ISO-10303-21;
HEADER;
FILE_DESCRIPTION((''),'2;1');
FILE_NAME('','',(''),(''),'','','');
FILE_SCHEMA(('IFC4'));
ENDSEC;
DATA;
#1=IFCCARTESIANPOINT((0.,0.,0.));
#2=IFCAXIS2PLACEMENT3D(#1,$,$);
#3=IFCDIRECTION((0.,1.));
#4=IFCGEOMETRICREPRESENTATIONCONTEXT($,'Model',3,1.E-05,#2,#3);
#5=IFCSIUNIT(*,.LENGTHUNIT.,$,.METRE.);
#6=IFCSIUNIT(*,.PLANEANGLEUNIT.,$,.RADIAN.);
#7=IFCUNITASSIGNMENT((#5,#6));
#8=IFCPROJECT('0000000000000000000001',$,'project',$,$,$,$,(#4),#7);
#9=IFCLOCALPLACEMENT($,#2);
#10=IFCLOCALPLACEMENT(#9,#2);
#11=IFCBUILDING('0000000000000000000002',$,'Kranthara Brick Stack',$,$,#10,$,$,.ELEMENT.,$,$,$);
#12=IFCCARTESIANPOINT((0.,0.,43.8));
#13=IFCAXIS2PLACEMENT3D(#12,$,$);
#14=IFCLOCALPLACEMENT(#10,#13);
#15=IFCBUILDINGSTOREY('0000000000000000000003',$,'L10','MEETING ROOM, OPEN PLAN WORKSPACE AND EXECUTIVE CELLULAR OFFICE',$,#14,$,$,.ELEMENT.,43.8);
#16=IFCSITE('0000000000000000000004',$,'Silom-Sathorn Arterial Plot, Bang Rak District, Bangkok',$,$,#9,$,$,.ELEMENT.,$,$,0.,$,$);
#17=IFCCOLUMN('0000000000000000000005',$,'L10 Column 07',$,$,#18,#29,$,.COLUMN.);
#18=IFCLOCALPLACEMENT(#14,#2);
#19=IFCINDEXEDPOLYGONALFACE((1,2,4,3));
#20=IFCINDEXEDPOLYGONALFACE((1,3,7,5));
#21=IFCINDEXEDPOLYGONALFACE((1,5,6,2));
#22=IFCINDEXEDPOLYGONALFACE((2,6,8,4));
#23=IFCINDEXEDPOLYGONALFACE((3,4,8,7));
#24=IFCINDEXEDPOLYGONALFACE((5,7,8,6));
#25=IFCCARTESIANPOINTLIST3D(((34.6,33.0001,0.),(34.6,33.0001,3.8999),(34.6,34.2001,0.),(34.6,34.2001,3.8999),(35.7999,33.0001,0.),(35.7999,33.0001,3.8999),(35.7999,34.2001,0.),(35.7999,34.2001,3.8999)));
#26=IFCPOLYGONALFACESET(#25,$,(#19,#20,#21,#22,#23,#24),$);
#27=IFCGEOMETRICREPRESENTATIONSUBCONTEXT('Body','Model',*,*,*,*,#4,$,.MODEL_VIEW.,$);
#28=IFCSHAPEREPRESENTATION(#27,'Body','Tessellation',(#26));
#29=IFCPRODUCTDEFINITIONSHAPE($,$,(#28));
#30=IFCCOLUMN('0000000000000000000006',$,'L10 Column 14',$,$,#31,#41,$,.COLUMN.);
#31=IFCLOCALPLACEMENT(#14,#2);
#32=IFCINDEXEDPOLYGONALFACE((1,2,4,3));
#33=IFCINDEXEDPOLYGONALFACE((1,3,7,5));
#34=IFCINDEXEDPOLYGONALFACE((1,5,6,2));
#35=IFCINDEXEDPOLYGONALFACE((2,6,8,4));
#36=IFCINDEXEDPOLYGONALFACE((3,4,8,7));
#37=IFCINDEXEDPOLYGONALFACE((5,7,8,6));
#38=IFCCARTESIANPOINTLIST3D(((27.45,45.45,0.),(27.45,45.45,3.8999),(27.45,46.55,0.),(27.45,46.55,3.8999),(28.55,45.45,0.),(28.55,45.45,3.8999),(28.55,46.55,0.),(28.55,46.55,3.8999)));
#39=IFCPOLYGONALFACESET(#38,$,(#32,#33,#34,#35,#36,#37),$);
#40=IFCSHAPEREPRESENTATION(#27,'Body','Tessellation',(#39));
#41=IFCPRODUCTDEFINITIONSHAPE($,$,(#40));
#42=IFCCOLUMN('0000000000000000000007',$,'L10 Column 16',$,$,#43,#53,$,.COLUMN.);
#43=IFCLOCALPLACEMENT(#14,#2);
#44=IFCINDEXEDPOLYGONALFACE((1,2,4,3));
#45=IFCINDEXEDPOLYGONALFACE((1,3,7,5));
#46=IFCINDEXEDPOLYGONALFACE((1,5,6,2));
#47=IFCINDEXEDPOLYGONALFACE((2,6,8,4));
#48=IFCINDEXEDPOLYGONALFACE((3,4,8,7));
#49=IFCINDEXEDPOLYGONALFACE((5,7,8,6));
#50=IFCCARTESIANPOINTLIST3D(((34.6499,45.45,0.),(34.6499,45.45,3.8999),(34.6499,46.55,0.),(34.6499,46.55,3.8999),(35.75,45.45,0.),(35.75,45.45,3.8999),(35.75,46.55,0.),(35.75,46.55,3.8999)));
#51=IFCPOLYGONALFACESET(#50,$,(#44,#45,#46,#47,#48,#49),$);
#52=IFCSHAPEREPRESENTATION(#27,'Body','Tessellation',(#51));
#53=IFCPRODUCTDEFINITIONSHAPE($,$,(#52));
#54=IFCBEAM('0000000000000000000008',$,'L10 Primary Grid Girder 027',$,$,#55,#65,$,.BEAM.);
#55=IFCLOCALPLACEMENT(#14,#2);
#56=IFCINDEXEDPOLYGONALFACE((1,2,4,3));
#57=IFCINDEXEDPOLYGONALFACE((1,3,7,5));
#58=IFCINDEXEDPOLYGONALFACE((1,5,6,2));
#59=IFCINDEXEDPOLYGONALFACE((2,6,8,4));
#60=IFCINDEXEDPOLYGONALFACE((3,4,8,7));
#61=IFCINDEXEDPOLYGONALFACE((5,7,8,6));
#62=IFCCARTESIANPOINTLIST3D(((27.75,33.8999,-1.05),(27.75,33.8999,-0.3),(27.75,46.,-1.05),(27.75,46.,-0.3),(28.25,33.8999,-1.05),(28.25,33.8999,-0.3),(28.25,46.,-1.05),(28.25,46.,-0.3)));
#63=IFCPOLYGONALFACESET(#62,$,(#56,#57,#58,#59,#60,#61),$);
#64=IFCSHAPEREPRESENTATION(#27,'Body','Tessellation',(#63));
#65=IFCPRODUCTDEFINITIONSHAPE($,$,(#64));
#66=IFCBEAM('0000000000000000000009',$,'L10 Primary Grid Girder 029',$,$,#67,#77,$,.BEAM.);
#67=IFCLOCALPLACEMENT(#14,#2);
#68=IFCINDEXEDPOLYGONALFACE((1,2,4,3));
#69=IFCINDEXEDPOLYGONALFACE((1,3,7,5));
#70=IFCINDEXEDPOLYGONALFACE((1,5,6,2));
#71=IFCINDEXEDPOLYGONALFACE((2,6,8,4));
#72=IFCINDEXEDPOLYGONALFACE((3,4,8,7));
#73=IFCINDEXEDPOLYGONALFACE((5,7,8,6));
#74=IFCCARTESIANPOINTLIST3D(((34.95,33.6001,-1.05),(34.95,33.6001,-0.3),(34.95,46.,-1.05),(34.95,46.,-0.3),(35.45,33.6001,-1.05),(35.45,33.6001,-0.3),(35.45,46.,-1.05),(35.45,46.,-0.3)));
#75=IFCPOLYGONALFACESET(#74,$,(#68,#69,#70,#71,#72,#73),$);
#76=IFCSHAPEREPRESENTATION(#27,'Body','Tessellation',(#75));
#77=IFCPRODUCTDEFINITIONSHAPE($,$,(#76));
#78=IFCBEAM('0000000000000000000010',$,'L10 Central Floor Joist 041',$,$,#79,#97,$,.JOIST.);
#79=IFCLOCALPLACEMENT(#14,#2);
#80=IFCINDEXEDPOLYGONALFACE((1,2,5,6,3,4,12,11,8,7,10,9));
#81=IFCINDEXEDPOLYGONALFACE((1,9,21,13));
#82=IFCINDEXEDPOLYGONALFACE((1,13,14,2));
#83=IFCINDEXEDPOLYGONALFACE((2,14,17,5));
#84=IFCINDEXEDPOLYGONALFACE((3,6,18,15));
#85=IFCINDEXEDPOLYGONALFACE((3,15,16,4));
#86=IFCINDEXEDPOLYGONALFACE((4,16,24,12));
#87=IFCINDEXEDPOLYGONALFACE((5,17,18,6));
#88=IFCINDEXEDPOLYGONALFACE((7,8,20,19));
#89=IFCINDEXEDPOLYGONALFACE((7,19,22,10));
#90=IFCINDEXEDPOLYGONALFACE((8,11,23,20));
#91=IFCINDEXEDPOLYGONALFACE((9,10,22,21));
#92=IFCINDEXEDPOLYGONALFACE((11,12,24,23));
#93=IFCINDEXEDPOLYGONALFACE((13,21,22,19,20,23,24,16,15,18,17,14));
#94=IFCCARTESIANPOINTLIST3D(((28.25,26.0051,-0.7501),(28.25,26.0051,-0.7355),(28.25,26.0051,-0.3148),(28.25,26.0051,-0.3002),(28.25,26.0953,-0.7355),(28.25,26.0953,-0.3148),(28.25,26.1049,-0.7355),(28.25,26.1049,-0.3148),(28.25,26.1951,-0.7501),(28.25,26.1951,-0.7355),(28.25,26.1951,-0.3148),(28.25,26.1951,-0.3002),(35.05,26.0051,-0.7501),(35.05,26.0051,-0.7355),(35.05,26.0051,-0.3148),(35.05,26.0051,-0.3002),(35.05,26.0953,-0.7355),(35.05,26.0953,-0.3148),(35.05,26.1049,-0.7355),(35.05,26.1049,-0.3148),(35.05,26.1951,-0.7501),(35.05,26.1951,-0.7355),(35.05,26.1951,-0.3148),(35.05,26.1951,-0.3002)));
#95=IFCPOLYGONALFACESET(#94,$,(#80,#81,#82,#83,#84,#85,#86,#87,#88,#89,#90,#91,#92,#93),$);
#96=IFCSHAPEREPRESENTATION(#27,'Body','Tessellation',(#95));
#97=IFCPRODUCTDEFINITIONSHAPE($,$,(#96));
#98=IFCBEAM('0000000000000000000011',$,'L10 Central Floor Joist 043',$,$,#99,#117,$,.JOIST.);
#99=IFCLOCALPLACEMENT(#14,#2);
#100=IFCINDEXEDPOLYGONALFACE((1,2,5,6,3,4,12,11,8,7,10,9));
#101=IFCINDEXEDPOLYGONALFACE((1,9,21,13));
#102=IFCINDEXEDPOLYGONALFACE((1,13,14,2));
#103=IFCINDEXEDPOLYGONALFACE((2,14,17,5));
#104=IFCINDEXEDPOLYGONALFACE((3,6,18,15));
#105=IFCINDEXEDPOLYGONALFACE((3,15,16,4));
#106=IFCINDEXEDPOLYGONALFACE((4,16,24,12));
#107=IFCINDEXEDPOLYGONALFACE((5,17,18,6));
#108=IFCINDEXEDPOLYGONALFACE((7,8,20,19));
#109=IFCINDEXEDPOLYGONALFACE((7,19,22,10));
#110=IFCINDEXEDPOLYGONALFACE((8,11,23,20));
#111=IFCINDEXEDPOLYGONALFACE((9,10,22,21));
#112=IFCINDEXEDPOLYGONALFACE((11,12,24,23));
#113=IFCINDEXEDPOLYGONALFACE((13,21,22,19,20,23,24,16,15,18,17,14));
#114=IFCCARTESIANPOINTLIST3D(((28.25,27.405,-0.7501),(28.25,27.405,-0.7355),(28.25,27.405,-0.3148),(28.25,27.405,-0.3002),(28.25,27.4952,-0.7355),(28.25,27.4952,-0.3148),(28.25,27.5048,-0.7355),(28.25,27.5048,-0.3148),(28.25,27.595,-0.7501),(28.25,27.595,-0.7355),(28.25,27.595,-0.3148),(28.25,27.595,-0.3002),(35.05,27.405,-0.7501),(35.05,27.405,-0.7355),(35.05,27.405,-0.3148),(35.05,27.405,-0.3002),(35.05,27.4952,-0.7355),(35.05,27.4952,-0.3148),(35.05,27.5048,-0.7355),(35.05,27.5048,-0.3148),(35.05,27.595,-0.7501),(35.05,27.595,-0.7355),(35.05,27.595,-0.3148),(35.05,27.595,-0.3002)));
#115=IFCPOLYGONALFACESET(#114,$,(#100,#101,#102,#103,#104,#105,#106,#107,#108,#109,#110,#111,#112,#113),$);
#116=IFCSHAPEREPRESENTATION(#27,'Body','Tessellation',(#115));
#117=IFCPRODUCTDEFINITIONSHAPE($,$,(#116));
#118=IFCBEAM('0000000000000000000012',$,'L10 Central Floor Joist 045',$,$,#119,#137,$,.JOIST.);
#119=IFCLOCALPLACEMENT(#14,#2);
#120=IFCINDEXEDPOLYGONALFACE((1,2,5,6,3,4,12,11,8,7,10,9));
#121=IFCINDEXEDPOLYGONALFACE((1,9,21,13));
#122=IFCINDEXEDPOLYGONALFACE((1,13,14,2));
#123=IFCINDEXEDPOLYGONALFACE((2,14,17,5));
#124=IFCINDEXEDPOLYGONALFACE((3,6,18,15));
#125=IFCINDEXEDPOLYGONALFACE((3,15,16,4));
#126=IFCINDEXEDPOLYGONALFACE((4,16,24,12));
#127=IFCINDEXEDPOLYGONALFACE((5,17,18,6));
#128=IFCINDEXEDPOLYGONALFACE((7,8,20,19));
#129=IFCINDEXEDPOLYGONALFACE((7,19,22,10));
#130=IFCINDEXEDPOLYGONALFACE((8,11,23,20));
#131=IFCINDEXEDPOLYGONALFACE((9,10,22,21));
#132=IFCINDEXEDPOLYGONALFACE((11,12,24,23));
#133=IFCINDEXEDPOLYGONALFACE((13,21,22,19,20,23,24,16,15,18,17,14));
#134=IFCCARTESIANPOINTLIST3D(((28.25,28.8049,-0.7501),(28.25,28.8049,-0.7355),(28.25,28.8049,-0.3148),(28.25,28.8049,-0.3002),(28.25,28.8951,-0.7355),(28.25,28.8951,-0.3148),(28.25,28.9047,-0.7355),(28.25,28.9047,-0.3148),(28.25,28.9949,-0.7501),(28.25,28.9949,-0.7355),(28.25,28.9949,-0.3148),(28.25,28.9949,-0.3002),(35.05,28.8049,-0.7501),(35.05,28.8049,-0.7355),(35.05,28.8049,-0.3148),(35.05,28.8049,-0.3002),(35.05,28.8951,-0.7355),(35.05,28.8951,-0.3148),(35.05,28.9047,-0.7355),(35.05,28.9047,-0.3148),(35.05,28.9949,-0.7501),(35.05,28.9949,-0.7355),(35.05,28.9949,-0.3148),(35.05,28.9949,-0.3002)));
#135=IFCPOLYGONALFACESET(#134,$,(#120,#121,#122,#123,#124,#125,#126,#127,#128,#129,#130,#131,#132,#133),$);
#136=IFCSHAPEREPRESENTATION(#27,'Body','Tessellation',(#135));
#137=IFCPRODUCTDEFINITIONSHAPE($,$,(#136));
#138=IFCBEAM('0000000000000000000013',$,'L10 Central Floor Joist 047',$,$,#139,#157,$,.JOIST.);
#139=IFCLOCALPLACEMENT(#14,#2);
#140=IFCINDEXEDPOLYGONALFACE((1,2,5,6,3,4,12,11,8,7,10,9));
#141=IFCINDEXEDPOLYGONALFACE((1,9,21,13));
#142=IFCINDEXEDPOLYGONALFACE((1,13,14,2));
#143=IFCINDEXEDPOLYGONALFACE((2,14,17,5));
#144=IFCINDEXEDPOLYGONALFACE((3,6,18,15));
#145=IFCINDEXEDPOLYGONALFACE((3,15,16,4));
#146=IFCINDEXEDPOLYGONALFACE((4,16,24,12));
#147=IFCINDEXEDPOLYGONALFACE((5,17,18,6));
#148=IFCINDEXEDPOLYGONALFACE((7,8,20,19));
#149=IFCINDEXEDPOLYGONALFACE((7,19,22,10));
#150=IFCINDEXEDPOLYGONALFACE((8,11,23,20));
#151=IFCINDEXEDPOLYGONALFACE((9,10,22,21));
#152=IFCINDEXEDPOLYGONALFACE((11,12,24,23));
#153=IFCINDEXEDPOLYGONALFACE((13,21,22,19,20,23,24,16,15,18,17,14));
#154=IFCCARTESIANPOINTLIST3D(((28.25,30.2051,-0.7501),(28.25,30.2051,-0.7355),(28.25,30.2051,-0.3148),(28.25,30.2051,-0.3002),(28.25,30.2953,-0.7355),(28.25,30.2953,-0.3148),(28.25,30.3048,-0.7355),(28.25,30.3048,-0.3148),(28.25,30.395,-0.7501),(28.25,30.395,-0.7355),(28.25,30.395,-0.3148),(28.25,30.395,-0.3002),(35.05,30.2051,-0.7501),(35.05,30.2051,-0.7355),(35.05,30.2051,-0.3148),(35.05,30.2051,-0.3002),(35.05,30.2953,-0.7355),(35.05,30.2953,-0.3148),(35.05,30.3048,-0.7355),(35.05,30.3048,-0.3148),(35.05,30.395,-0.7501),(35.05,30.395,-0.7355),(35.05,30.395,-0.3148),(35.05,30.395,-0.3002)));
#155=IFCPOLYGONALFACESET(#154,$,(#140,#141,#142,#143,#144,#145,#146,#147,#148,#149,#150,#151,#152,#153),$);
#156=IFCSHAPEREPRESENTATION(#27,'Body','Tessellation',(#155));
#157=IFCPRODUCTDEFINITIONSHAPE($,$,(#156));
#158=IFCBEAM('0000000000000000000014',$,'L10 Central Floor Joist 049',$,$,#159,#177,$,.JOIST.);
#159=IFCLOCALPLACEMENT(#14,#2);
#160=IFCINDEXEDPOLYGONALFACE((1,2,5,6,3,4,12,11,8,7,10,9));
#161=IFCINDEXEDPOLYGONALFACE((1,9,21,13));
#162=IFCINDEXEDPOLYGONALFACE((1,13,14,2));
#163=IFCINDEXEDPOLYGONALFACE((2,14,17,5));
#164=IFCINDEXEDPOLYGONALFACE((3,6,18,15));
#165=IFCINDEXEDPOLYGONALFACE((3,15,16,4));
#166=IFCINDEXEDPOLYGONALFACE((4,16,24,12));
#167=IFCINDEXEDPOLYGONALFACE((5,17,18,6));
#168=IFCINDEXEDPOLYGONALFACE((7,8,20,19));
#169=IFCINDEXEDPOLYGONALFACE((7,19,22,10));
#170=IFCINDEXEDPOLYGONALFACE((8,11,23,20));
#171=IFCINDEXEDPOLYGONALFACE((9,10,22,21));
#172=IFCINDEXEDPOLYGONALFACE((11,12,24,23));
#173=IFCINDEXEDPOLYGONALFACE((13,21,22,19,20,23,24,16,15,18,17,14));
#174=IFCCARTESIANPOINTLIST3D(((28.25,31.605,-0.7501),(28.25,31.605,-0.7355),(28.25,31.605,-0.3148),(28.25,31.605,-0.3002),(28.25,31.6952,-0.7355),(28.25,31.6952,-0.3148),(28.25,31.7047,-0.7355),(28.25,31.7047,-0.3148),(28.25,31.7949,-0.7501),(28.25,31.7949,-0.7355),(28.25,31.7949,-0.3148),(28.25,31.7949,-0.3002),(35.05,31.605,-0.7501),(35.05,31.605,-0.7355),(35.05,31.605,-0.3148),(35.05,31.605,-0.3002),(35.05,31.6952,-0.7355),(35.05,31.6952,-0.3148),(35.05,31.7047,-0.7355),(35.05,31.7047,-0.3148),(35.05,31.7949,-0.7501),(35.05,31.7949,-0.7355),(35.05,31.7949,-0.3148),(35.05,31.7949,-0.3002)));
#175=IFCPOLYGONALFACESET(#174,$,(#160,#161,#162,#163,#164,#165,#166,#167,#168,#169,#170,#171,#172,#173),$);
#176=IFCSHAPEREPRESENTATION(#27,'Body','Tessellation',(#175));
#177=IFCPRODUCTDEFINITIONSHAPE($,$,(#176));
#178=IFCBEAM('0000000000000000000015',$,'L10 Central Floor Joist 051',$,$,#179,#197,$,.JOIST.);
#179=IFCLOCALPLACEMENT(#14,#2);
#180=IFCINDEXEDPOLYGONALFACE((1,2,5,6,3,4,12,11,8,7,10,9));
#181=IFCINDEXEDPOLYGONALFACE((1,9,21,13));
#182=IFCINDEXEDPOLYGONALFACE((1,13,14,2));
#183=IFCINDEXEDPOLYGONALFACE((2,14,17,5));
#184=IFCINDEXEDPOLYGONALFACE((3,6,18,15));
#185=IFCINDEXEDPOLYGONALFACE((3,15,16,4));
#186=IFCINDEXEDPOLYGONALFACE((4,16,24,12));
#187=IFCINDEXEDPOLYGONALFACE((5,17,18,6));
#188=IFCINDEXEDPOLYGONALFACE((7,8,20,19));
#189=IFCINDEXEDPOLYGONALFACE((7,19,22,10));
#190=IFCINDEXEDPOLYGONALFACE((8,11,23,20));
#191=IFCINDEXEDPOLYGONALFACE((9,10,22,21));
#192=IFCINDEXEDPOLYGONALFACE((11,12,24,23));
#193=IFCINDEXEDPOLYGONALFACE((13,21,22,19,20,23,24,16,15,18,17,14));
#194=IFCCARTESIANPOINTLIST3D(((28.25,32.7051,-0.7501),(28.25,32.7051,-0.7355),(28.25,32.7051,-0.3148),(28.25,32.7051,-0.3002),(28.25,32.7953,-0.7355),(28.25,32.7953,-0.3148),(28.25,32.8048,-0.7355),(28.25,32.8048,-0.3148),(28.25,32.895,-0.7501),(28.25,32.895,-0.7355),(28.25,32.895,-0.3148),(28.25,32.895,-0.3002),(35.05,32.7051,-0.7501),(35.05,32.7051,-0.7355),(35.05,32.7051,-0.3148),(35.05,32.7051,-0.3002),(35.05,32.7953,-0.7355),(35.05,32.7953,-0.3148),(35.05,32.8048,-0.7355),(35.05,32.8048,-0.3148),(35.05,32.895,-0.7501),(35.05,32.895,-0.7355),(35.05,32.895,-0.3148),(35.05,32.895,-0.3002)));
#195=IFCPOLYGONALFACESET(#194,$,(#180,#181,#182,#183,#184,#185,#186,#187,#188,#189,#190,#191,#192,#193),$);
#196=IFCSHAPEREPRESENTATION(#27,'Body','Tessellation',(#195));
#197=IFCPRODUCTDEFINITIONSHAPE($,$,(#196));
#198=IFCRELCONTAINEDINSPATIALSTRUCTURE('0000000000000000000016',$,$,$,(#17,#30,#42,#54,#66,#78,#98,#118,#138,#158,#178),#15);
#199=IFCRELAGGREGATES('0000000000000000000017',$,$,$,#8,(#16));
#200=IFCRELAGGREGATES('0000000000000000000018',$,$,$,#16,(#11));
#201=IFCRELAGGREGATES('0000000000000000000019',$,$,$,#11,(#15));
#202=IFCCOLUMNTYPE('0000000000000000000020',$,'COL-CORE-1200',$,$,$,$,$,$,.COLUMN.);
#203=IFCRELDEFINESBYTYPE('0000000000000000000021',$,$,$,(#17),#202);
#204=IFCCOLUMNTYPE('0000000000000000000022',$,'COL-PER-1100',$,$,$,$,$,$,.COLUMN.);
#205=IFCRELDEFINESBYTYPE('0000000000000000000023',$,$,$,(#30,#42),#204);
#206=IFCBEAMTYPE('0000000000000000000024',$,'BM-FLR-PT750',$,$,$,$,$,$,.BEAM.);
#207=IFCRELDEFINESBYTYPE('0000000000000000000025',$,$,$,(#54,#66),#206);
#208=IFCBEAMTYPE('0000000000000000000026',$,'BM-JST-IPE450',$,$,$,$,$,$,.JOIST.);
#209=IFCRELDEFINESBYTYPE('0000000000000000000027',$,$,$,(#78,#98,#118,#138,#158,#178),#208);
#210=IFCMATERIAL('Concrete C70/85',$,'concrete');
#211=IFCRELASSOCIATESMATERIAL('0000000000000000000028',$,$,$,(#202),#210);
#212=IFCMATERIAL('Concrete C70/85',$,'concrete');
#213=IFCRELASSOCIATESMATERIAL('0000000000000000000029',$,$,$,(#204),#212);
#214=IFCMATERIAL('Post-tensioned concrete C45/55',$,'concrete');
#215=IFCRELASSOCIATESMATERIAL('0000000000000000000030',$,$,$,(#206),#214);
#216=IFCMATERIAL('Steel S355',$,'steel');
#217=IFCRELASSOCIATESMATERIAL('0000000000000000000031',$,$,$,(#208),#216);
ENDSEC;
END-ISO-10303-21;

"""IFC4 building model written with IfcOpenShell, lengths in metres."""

from ifc_helpers import new_model, si_unit, direction, frame, origin, origin_2d, place, context, subcontext, project, spatial, rectangle, i_section, extrude, material, material_profile, profile_set, type_object, element, save


model = new_model("IFC4")

# Units and contexts
model_context = context("Model", 3, precision=1e-05, world=origin(), true_north=direction((0.0, 1.0)))
body_context = subcontext(model_context, "Body", "Model", "MODEL_VIEW")
ifc_project = project(units=[si_unit("LENGTHUNIT", "METRE"), si_unit("PLANEANGLEUNIT", "RADIAN")], contexts=[model_context])

# Site, building, storey
site_placement = place(None, origin())
site = spatial("IfcSite", under=ifc_project, at=site_placement, Name="Silom-Sathorn Arterial Plot, Bang Rak District, Bangkok", CompositionType="ELEMENT", RefElevation=0.0)
building_placement = place(site_placement, origin())
building = spatial("IfcBuilding", under=site, at=building_placement, Name="Kranthara Brick Stack", CompositionType="ELEMENT")
storey_placement = place(building_placement, frame((0.0, 0.0, 43.8)))
storey = spatial("IfcBuildingStorey", under=building, at=storey_placement, Name="L10", Description="MEETING ROOM, OPEN PLAN WORKSPACE AND EXECUTIVE CELLULAR OFFICE", CompositionType="ELEMENT", Elevation=43.8)

# Columns
ifc_material_1 = material(Name="Concrete C70/85", Category="concrete")
ifc_material_profile_1 = material_profile(ifc_material_1, rectangle(XDim=1.2, YDim=1.2, at=origin_2d()), Name="RC 1200x1200")
ifc_profile_set_1 = profile_set([ifc_material_profile_1], Name="Concrete C70/85")
column_type_1 = type_object("IfcColumnType", Name="COL-CORE-1200", PredefinedType="COLUMN", material=ifc_profile_set_1)
column_placement = place(storey_placement, frame((35.2, 33.6001, 0.0), z_axis=(0.0, 0.0, 1.0), x_axis=(1.0, 0.0, 0.0)))
element("IfcColumn", 1, at=column_placement, inside=storey, type_object=column_type_1, Name="L10 Column 07", PredefinedType="COLUMN", context=body_context, shape_type="SweptSolid", body=[
    extrude(rectangle(XDim=1.2, YDim=1.2, at=origin_2d()), origin(), (0.0, 0.0, 1.0), 3.8999),
])
ifc_material_2 = material(Name="Concrete C70/85", Category="concrete")
ifc_material_profile_2 = material_profile(ifc_material_2, rectangle(XDim=1.1001, YDim=1.1001, at=origin_2d()), Name="RC 1100x1100")
ifc_profile_set_2 = profile_set([ifc_material_profile_2], Name="Concrete C70/85")
column_type_2 = type_object("IfcColumnType", Name="COL-PER-1100", PredefinedType="COLUMN", material=ifc_profile_set_2)
for number, where, z_axis, x_axis, name in (
    (2, (28.0, 46.0, 0.0), (0.0, 0.0, 1.0), (1.0, 0.0, 0.0), "L10 Column 14"),
    (3, (35.2, 46.0, 0.0), (0.0, 0.0, 1.0), (1.0, 0.0, 0.0), "L10 Column 16"),
):
    element("IfcColumn", number, at=place(storey_placement, frame(where, z_axis=z_axis, x_axis=x_axis)), inside=storey, type_object=column_type_2, Name=name, PredefinedType="COLUMN", context=body_context, shape_type="SweptSolid", body=[
        extrude(rectangle(XDim=1.1001, YDim=1.1001, at=origin_2d()), origin(), (0.0, 0.0, 1.0), 3.8999),
    ])

# Beams
ifc_material_3 = material(Name="Post-tensioned concrete C45/55", Category="concrete")
ifc_material_profile_3 = material_profile(ifc_material_3, rectangle(XDim=0.5, YDim=0.75, at=origin_2d()), Name="PT 500x750")
ifc_profile_set_3 = profile_set([ifc_material_profile_3], Name="Post-tensioned concrete C45/55")
beam_type_1 = type_object("IfcBeamType", Name="BM-FLR-PT750", PredefinedType="BEAM", material=ifc_profile_set_3)
beam_1_placement = place(storey_placement, frame((28.0, 33.8999, -0.675), z_axis=(0.0, 1.0, 0.0), x_axis=(-1.0, 0.0, 0.0)))
element("IfcBeam", 4, at=beam_1_placement, inside=storey, type_object=beam_type_1, Name="L10 Primary Grid Girder 027", PredefinedType="BEAM", context=body_context, shape_type="SweptSolid", body=[
    extrude(rectangle(XDim=0.5, YDim=0.75, at=origin_2d()), origin(), (0.0, 0.0, 1.0), 12.1001),
])
beam_2_placement = place(storey_placement, frame((35.2, 33.6001, -0.675), z_axis=(0.0, 1.0, 0.0), x_axis=(-1.0, 0.0, 0.0)))
element("IfcBeam", 5, at=beam_2_placement, inside=storey, type_object=beam_type_1, Name="L10 Primary Grid Girder 029", PredefinedType="BEAM", context=body_context, shape_type="SweptSolid", body=[
    extrude(rectangle(XDim=0.5, YDim=0.75, at=origin_2d()), origin(), (0.0, 0.0, 1.0), 12.3999),
])
ifc_material_4 = material(Name="Steel S355", Category="steel")
ifc_material_profile_4 = material_profile(ifc_material_4, i_section(OverallWidth=0.1899, OverallDepth=0.45, WebThickness=0.0095, FlangeThickness=0.0146, at=origin_2d()), Name="IPE 450")
ifc_profile_set_4 = profile_set([ifc_material_profile_4], Name="Steel S355")
beam_type_2 = type_object("IfcBeamType", Name="BM-JST-IPE450", PredefinedType="JOIST", material=ifc_profile_set_4)
for number, where, z_axis, x_axis, name in (
    (6, (28.25, 26.1001, -0.5251), (1.0, 0.0, 0.0), (0.0, 1.0, 0.0), "L10 Central Floor Joist 041"),
    (7, (28.25, 27.5, -0.5251), (1.0, 0.0, 0.0), (0.0, 1.0, 0.0), "L10 Central Floor Joist 043"),
    (8, (28.25, 28.8999, -0.5251), (1.0, 0.0, 0.0), (0.0, 1.0, 0.0), "L10 Central Floor Joist 045"),
    (9, (28.25, 30.3, -0.5251), (1.0, 0.0, 0.0), (0.0, 1.0, 0.0), "L10 Central Floor Joist 047"),
    (10, (28.25, 31.7, -0.5251), (1.0, 0.0, 0.0), (0.0, 1.0, 0.0), "L10 Central Floor Joist 049"),
    (11, (28.25, 32.8, -0.5251), (1.0, 0.0, 0.0), (0.0, 1.0, 0.0), "L10 Central Floor Joist 051"),
):
    element("IfcBeam", number, at=place(storey_placement, frame(where, z_axis=z_axis, x_axis=x_axis)), inside=storey, type_object=beam_type_2, Name=name, PredefinedType="JOIST", context=body_context, shape_type="SweptSolid", body=[
        extrude(i_section(OverallWidth=0.1899, OverallDepth=0.45, WebThickness=0.0095, FlangeThickness=0.0146, at=origin_2d()), origin(), (0.0, 0.0, 1.0), 6.8),
    ])

save(model, "model.ifc")
